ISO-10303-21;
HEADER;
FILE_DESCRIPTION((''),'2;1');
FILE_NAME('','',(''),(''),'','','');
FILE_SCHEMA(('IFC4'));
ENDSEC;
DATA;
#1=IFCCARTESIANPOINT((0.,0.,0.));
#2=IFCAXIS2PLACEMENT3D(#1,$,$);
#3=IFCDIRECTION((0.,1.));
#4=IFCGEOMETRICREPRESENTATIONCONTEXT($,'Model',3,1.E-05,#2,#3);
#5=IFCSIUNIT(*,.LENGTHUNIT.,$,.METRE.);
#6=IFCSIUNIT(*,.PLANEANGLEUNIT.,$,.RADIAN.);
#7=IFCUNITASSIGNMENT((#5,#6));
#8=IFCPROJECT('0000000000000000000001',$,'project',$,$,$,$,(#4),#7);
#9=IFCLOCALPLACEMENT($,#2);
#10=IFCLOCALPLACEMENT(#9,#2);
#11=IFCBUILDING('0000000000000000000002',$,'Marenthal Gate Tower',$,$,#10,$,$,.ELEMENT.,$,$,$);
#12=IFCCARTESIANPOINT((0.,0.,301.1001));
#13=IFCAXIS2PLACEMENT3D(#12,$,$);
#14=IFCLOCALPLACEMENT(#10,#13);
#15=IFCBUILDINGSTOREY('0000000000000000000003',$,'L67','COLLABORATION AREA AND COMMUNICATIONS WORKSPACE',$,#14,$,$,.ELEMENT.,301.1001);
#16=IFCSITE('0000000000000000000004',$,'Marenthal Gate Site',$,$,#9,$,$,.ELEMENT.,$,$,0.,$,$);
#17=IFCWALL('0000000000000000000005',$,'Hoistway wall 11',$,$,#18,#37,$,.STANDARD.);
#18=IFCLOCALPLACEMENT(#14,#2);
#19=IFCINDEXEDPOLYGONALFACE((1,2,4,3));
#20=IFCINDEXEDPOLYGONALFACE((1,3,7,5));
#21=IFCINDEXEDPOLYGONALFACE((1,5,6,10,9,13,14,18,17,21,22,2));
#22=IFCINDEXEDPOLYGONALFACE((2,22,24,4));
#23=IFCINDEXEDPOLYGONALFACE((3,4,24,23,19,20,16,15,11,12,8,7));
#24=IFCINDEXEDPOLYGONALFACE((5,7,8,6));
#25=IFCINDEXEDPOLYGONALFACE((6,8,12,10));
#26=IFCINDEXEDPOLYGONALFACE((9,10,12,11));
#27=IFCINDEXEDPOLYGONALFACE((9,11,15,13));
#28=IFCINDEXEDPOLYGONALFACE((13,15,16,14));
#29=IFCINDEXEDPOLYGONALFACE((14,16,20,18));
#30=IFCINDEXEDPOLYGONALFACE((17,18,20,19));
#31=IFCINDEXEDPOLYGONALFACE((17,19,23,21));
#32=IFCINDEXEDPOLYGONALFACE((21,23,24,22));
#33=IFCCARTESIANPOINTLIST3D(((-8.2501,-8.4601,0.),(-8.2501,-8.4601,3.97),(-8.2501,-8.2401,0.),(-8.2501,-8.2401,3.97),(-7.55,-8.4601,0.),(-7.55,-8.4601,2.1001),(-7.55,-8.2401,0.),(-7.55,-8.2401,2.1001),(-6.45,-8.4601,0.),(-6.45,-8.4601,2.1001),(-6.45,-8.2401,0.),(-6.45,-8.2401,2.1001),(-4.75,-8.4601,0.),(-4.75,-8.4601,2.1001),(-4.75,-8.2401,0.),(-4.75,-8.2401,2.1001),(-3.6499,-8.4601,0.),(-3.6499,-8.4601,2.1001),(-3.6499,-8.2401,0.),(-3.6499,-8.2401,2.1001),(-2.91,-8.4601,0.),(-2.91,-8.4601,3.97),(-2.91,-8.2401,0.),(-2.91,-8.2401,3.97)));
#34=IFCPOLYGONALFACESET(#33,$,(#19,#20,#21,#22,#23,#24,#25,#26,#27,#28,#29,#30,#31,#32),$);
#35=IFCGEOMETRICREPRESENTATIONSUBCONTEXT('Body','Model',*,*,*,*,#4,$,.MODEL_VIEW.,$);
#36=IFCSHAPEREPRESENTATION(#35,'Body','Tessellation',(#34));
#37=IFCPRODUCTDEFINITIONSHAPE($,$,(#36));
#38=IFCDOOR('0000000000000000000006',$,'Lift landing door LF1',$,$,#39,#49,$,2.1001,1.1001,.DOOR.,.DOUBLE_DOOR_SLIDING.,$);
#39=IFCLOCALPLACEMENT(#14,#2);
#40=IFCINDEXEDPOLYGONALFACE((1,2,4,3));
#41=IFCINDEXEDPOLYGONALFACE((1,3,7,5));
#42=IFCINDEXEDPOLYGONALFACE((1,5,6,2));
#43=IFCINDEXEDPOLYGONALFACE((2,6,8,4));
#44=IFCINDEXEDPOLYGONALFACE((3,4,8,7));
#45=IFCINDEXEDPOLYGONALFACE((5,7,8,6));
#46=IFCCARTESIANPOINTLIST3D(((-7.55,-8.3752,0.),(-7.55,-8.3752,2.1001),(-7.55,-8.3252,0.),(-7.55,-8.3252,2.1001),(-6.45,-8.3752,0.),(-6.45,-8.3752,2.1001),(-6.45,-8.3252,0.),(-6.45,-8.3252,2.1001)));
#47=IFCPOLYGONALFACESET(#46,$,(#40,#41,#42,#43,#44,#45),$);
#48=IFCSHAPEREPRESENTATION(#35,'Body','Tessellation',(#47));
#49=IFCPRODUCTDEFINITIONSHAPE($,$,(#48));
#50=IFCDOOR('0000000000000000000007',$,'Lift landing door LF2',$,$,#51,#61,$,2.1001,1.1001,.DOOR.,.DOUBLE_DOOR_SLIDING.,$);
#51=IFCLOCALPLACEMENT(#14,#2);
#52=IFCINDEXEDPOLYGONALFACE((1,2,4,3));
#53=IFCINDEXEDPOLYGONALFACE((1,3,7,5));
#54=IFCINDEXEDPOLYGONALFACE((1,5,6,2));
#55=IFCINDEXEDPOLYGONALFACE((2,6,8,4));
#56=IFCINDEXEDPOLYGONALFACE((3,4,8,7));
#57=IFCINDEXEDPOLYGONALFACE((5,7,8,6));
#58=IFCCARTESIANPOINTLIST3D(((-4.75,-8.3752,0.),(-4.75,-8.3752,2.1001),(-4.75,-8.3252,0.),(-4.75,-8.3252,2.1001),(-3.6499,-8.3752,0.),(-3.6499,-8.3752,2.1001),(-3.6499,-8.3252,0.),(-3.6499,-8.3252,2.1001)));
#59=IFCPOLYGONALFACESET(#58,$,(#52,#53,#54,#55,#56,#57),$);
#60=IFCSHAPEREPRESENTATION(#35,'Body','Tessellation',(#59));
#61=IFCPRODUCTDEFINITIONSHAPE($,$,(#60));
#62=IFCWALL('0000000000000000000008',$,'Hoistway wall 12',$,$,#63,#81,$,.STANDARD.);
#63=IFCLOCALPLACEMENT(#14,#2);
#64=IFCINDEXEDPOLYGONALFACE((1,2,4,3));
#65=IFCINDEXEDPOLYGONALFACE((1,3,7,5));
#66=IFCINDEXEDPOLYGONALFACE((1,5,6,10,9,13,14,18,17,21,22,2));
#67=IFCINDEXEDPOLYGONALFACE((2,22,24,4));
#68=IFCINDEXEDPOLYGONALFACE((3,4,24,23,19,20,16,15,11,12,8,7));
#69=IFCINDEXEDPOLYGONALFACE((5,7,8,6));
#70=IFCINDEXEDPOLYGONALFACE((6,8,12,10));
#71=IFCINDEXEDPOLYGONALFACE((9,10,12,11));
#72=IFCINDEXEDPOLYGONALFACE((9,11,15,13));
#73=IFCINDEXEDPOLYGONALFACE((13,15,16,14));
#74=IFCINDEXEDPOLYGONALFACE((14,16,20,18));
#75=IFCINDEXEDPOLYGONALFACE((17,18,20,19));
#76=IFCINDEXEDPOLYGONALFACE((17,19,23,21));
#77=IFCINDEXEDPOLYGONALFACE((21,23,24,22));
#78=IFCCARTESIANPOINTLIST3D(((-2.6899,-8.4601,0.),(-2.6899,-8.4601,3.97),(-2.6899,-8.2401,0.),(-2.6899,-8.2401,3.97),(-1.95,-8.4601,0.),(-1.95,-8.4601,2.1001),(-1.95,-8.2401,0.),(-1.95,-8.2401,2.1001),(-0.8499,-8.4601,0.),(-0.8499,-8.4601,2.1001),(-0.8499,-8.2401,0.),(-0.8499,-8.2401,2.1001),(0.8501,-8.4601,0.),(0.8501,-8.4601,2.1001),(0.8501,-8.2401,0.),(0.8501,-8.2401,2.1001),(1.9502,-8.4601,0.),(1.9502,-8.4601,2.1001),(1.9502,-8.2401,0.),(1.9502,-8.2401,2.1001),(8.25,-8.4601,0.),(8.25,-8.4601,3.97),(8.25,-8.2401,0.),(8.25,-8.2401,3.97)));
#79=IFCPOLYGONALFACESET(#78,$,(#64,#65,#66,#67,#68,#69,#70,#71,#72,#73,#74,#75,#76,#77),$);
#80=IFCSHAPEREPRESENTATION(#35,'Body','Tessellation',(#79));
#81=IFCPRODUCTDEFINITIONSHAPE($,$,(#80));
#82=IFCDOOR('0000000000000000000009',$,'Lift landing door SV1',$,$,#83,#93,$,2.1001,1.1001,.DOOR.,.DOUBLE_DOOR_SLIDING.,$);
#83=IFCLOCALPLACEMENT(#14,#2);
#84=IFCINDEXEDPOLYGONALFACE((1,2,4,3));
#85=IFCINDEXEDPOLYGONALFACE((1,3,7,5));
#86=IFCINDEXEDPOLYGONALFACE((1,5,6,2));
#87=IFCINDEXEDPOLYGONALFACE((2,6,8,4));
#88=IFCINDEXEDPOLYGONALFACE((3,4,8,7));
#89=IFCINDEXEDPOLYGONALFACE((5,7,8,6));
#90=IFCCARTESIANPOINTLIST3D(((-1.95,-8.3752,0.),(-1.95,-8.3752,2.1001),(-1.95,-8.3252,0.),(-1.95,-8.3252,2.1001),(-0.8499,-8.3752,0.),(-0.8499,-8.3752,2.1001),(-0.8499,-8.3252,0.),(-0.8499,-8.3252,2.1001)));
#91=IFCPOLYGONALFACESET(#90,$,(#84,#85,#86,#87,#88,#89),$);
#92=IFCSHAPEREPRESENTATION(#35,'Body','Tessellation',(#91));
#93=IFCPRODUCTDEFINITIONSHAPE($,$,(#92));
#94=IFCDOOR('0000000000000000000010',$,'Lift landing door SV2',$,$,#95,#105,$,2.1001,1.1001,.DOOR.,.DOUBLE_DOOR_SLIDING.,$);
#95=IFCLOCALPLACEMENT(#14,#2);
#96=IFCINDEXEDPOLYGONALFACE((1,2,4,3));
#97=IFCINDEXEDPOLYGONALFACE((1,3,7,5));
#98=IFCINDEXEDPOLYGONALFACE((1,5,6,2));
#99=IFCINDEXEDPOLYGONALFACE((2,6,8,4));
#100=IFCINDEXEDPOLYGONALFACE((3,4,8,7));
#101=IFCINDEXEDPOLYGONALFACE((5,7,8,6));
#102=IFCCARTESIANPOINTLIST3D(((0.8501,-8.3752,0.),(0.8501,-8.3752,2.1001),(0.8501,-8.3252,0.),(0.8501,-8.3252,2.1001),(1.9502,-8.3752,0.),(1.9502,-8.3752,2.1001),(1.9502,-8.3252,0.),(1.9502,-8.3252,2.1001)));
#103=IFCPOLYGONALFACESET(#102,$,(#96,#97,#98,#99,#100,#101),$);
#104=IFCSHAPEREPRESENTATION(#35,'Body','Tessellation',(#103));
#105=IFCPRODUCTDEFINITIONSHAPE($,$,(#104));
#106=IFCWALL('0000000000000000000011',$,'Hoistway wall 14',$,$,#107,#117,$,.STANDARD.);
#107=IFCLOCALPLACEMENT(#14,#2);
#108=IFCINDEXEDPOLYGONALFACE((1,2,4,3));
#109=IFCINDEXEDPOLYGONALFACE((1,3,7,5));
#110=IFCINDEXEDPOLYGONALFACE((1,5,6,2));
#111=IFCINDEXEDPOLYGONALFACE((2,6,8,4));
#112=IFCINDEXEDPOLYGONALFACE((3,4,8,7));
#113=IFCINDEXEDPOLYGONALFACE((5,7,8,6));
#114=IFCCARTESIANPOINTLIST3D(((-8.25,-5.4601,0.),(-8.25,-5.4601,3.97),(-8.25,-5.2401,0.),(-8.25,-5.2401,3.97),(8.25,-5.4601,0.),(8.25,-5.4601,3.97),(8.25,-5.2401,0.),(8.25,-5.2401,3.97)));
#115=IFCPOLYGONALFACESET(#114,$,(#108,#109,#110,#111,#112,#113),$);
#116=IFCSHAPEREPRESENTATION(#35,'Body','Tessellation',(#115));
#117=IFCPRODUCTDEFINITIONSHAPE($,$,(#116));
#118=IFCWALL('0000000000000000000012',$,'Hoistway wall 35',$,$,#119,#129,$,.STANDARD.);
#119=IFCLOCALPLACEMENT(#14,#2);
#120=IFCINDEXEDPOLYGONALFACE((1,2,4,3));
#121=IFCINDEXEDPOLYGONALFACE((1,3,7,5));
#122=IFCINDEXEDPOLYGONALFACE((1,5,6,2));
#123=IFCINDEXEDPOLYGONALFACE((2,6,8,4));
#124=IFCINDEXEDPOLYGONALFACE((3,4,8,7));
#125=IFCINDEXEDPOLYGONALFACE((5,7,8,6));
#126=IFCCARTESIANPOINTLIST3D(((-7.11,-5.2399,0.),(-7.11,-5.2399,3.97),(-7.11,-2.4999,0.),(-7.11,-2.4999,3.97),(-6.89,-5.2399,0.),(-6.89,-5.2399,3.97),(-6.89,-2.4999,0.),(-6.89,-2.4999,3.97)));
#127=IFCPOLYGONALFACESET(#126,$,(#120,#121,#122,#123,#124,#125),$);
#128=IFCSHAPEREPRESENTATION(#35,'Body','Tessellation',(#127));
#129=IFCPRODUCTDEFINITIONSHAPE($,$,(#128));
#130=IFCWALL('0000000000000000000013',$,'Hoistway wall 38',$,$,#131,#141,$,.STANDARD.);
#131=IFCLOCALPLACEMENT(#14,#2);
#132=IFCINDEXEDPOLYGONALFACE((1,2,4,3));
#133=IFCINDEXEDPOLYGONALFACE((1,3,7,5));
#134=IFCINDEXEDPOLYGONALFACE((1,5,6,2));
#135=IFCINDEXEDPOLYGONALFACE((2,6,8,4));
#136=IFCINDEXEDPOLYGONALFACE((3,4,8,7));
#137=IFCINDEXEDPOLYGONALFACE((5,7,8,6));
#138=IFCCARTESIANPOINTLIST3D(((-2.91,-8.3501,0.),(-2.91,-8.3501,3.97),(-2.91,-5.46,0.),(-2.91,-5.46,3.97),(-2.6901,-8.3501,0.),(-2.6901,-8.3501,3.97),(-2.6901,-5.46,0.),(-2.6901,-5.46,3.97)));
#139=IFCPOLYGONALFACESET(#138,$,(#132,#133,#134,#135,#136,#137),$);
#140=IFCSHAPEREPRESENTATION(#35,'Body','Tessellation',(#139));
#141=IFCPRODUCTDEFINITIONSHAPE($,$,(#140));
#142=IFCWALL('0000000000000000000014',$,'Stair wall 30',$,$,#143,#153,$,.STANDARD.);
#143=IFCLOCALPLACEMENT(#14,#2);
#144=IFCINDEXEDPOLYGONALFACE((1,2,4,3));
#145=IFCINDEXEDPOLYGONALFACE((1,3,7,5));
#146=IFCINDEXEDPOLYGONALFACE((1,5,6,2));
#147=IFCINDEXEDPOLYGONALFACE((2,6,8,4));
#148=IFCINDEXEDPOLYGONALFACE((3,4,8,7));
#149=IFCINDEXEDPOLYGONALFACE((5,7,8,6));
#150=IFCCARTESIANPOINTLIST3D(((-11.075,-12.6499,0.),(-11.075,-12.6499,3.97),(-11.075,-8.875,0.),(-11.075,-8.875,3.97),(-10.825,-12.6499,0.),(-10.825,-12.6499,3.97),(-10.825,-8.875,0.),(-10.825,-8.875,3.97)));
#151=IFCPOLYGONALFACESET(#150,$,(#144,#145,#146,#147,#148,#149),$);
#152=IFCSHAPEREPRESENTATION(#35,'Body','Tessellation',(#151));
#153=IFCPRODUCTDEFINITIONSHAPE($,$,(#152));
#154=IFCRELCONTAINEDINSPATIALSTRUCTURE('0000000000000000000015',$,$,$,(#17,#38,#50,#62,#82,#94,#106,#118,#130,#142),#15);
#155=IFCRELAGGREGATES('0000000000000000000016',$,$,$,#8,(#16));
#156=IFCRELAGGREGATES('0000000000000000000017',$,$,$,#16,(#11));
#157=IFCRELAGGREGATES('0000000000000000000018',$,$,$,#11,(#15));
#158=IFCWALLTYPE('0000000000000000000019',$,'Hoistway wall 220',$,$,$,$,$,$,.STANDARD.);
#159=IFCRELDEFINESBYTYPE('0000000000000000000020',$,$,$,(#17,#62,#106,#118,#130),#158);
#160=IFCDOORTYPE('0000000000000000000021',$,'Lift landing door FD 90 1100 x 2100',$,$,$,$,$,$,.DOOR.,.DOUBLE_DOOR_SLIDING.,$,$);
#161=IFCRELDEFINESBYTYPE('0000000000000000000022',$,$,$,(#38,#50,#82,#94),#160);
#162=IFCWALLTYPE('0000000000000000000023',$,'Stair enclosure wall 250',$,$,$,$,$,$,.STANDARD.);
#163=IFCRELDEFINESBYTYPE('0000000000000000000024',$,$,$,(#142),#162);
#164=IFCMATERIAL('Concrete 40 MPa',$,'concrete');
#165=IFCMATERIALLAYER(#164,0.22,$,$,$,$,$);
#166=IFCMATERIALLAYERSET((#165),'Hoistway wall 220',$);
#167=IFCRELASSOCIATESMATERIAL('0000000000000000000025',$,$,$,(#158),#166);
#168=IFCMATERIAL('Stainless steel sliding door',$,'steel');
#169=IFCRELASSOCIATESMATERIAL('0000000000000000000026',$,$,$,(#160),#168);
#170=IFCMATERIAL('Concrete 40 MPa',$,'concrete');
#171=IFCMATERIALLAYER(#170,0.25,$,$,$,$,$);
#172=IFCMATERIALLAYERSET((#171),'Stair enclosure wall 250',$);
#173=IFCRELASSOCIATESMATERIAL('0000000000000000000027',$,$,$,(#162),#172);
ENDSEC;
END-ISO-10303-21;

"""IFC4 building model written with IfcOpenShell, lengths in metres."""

from ifc_helpers import new_model, si_unit, direction, frame, frame_2d, origin, place, context, subcontext, project, spatial, rectangle, extrude, material, layer, layer_set, type_object, element, fill, save


model = new_model("IFC4")

# Units and contexts
model_context = context("Model", 3, precision=1e-05, world=origin(), true_north=direction((0.0, 1.0)))
body_context = subcontext(model_context, "Body", "Model", "MODEL_VIEW")
ifc_project = project(units=[si_unit("LENGTHUNIT", "METRE"), si_unit("PLANEANGLEUNIT", "RADIAN")], contexts=[model_context])

# Site, building, storey
site_placement = place(None, origin())
site = spatial("IfcSite", under=ifc_project, at=site_placement, Name="Marenthal Gate Site", CompositionType="ELEMENT", RefElevation=0.0)
building_placement = place(site_placement, origin())
building = spatial("IfcBuilding", under=site, at=building_placement, Name="Marenthal Gate Tower", CompositionType="ELEMENT")
storey_placement = place(building_placement, frame((0.0, 0.0, 301.1001)))
storey = spatial("IfcBuildingStorey", under=building, at=storey_placement, Name="L67", Description="COLLABORATION AREA AND COMMUNICATIONS WORKSPACE", CompositionType="ELEMENT", Elevation=301.1001)

# Walls, openings, doors
ifc_material_1 = material(Name="Concrete 40 MPa", Category="concrete")
ifc_layer_1 = layer(ifc_material_1, 0.22)
ifc_layer_set_1 = layer_set([ifc_layer_1], Name="Hoistway wall 220")
wall_type_1 = type_object("IfcWallType", Name="Hoistway wall 220", PredefinedType="STANDARD", material=ifc_layer_set_1)
wall_1_placement = place(storey_placement, frame((-8.25, -8.3501, 0.0), z_axis=(0.0, 0.0, 1.0), x_axis=(1.0, 0.0, 0.0)))
wall_1 = element("IfcWall", 1, at=wall_1_placement, inside=storey, type_object=wall_type_1, Name="Hoistway wall 11", PredefinedType="STANDARD", context=body_context, shape_type="SweptSolid", body=[
    extrude(rectangle(XDim=5.3401, YDim=0.22, at=frame_2d((2.6699, 0.0))), origin(), (0.0, 0.0, 1.0), 3.97),
])
opening_1_placement = place(wall_1_placement, frame((0.7, 0.0, 0.0)))
opening_1 = element("IfcOpeningElement", 2, at=opening_1_placement, cuts=wall_1, PredefinedType="OPENING", context=body_context, shape_type="SweptSolid", body=[
    extrude(rectangle(XDim=1.1001, YDim=2.1001, at=frame_2d((0.55, 1.05))), frame((0.0, 0.1201, 0.0), z_axis=(0.0, -1.0, 0.0), x_axis=(1.0, 0.0, 0.0)), (0.0, 0.0, 1.0), 0.24),
])
opening_2_placement = place(wall_1_placement, frame((3.5, 0.0, 0.0)))
opening_2 = element("IfcOpeningElement", 3, at=opening_2_placement, cuts=wall_1, PredefinedType="OPENING", context=body_context, shape_type="SweptSolid", body=[
    extrude(rectangle(XDim=1.1001, YDim=2.1001, at=frame_2d((0.55, 1.05))), frame((0.0, 0.1201, 0.0), z_axis=(0.0, -1.0, 0.0), x_axis=(1.0, 0.0, 0.0)), (0.0, 0.0, 1.0), 0.24),
])
ifc_material_2 = material(Name="Stainless steel sliding door", Category="steel")
door_type_1 = type_object("IfcDoorType", Name="Lift landing door FD 90 1100 x 2100", OperationType="DOUBLE_DOOR_SLIDING", PredefinedType="DOOR", material=ifc_material_2)
door_1_placement = place(opening_1_placement, origin())
door_1 = element("IfcDoor", 4, at=door_1_placement, inside=storey, type_object=door_type_1, Name="Lift landing door LF1", OperationType="DOUBLE_DOOR_SLIDING", OverallHeight=2.1001, OverallWidth=1.1001, PredefinedType="DOOR", context=body_context, shape_type="SweptSolid", body=[
    extrude(rectangle(XDim=1.1001, YDim=2.1001, at=frame_2d((0.55, 1.05))), frame((0.0, 0.0249, 0.0), z_axis=(0.0, -1.0, 0.0), x_axis=(1.0, 0.0, 0.0)), (0.0, 0.0, 1.0), 0.05),
])
fill(opening_1, door_1)
door_2_placement = place(opening_2_placement, origin())
door_2 = element("IfcDoor", 5, at=door_2_placement, inside=storey, type_object=door_type_1, Name="Lift landing door LF2", OperationType="DOUBLE_DOOR_SLIDING", OverallHeight=2.1001, OverallWidth=1.1001, PredefinedType="DOOR", context=body_context, shape_type="SweptSolid", body=[
    extrude(rectangle(XDim=1.1001, YDim=2.1001, at=frame_2d((0.55, 1.05))), frame((0.0, 0.0249, 0.0), z_axis=(0.0, -1.0, 0.0), x_axis=(1.0, 0.0, 0.0)), (0.0, 0.0, 1.0), 0.05),
])
fill(opening_2, door_2)
wall_2_placement = place(storey_placement, frame((-2.6899, -8.3501, 0.0), z_axis=(0.0, 0.0, 1.0), x_axis=(1.0, 0.0, 0.0)))
wall_2 = element("IfcWall", 6, at=wall_2_placement, inside=storey, type_object=wall_type_1, Name="Hoistway wall 12", PredefinedType="STANDARD", context=body_context, shape_type="SweptSolid", body=[
    extrude(rectangle(XDim=10.9399, YDim=0.22, at=frame_2d((5.47, 0.0))), origin(), (0.0, 0.0, 1.0), 3.97),
])
opening_3_placement = place(wall_2_placement, frame((0.74, 0.0, 0.0)))
opening_3 = element("IfcOpeningElement", 7, at=opening_3_placement, cuts=wall_2, PredefinedType="OPENING", context=body_context, shape_type="SweptSolid", body=[
    extrude(rectangle(XDim=1.1001, YDim=2.1001, at=frame_2d((0.55, 1.05))), frame((0.0, 0.1201, 0.0), z_axis=(0.0, -1.0, 0.0), x_axis=(1.0, 0.0, 0.0)), (0.0, 0.0, 1.0), 0.24),
])
opening_4_placement = place(wall_2_placement, frame((3.54, 0.0, 0.0)))
opening_4 = element("IfcOpeningElement", 8, at=opening_4_placement, cuts=wall_2, PredefinedType="OPENING", context=body_context, shape_type="SweptSolid", body=[
    extrude(rectangle(XDim=1.1001, YDim=2.1001, at=frame_2d((0.55, 1.05))), frame((0.0, 0.1201, 0.0), z_axis=(0.0, -1.0, 0.0), x_axis=(1.0, 0.0, 0.0)), (0.0, 0.0, 1.0), 0.24),
])
door_3_placement = place(opening_3_placement, origin())
door_3 = element("IfcDoor", 9, at=door_3_placement, inside=storey, type_object=door_type_1, Name="Lift landing door SV1", OperationType="DOUBLE_DOOR_SLIDING", OverallHeight=2.1001, OverallWidth=1.1001, PredefinedType="DOOR", context=body_context, shape_type="SweptSolid", body=[
    extrude(rectangle(XDim=1.1001, YDim=2.1001, at=frame_2d((0.55, 1.05))), frame((0.0, 0.0249, 0.0), z_axis=(0.0, -1.0, 0.0), x_axis=(1.0, 0.0, 0.0)), (0.0, 0.0, 1.0), 0.05),
])
fill(opening_3, door_3)
door_4_placement = place(opening_4_placement, origin())
door_4 = element("IfcDoor", 10, at=door_4_placement, inside=storey, type_object=door_type_1, Name="Lift landing door SV2", OperationType="DOUBLE_DOOR_SLIDING", OverallHeight=2.1001, OverallWidth=1.1001, PredefinedType="DOOR", context=body_context, shape_type="SweptSolid", body=[
    extrude(rectangle(XDim=1.1001, YDim=2.1001, at=frame_2d((0.55, 1.05))), frame((0.0, 0.0249, 0.0), z_axis=(0.0, -1.0, 0.0), x_axis=(1.0, 0.0, 0.0)), (0.0, 0.0, 1.0), 0.05),
])
fill(opening_4, door_4)

# Walls
wall_3_placement = place(storey_placement, frame((-8.25, -5.3501, 0.0), z_axis=(0.0, 0.0, 1.0), x_axis=(1.0, 0.0, 0.0)))
element("IfcWall", 11, at=wall_3_placement, inside=storey, type_object=wall_type_1, Name="Hoistway wall 14", PredefinedType="STANDARD", context=body_context, shape_type="SweptSolid", body=[
    extrude(rectangle(XDim=16.5, YDim=0.22, at=frame_2d((8.25, 0.0))), origin(), (0.0, 0.0, 1.0), 3.97),
])
wall_4_placement = place(storey_placement, frame((-7.0, -5.24, 0.0), z_axis=(0.0, 0.0, 1.0), x_axis=(0.0, 1.0, 0.0)))
element("IfcWall", 12, at=wall_4_placement, inside=storey, type_object=wall_type_1, Name="Hoistway wall 35", PredefinedType="STANDARD", context=body_context, shape_type="SweptSolid", body=[
    extrude(rectangle(XDim=2.74, YDim=0.22, at=frame_2d((1.3701, 0.0))), origin(), (0.0, 0.0, 1.0), 3.97),
])
wall_5_placement = place(storey_placement, frame((-2.8, -8.3501, 0.0), z_axis=(0.0, 0.0, 1.0), x_axis=(0.0, 1.0, 0.0)))
element("IfcWall", 13, at=wall_5_placement, inside=storey, type_object=wall_type_1, Name="Hoistway wall 38", PredefinedType="STANDARD", context=body_context, shape_type="SweptSolid", body=[
    extrude(rectangle(XDim=2.8901, YDim=0.22, at=frame_2d((1.4451, 0.0))), origin(), (0.0, 0.0, 1.0), 3.97),
])
ifc_material_3 = material(Name="Concrete 40 MPa", Category="concrete")
ifc_layer_2 = layer(ifc_material_3, 0.25)
ifc_layer_set_2 = layer_set([ifc_layer_2], Name="Stair enclosure wall 250")
wall_type_2 = type_object("IfcWallType", Name="Stair enclosure wall 250", PredefinedType="STANDARD", material=ifc_layer_set_2)
wall_6_placement = place(storey_placement, frame((-10.95, -12.6499, 0.0), z_axis=(0.0, 0.0, 1.0), x_axis=(0.0, 1.0, 0.0)))
element("IfcWall", 14, at=wall_6_placement, inside=storey, type_object=wall_type_2, Name="Stair wall 30", PredefinedType="STANDARD", context=body_context, shape_type="SweptSolid", body=[
    extrude(rectangle(XDim=3.7749, YDim=0.25, at=frame_2d((1.8875, 0.0))), origin(), (0.0, 0.0, 1.0), 3.97),
])

save(model, "model.ifc")
